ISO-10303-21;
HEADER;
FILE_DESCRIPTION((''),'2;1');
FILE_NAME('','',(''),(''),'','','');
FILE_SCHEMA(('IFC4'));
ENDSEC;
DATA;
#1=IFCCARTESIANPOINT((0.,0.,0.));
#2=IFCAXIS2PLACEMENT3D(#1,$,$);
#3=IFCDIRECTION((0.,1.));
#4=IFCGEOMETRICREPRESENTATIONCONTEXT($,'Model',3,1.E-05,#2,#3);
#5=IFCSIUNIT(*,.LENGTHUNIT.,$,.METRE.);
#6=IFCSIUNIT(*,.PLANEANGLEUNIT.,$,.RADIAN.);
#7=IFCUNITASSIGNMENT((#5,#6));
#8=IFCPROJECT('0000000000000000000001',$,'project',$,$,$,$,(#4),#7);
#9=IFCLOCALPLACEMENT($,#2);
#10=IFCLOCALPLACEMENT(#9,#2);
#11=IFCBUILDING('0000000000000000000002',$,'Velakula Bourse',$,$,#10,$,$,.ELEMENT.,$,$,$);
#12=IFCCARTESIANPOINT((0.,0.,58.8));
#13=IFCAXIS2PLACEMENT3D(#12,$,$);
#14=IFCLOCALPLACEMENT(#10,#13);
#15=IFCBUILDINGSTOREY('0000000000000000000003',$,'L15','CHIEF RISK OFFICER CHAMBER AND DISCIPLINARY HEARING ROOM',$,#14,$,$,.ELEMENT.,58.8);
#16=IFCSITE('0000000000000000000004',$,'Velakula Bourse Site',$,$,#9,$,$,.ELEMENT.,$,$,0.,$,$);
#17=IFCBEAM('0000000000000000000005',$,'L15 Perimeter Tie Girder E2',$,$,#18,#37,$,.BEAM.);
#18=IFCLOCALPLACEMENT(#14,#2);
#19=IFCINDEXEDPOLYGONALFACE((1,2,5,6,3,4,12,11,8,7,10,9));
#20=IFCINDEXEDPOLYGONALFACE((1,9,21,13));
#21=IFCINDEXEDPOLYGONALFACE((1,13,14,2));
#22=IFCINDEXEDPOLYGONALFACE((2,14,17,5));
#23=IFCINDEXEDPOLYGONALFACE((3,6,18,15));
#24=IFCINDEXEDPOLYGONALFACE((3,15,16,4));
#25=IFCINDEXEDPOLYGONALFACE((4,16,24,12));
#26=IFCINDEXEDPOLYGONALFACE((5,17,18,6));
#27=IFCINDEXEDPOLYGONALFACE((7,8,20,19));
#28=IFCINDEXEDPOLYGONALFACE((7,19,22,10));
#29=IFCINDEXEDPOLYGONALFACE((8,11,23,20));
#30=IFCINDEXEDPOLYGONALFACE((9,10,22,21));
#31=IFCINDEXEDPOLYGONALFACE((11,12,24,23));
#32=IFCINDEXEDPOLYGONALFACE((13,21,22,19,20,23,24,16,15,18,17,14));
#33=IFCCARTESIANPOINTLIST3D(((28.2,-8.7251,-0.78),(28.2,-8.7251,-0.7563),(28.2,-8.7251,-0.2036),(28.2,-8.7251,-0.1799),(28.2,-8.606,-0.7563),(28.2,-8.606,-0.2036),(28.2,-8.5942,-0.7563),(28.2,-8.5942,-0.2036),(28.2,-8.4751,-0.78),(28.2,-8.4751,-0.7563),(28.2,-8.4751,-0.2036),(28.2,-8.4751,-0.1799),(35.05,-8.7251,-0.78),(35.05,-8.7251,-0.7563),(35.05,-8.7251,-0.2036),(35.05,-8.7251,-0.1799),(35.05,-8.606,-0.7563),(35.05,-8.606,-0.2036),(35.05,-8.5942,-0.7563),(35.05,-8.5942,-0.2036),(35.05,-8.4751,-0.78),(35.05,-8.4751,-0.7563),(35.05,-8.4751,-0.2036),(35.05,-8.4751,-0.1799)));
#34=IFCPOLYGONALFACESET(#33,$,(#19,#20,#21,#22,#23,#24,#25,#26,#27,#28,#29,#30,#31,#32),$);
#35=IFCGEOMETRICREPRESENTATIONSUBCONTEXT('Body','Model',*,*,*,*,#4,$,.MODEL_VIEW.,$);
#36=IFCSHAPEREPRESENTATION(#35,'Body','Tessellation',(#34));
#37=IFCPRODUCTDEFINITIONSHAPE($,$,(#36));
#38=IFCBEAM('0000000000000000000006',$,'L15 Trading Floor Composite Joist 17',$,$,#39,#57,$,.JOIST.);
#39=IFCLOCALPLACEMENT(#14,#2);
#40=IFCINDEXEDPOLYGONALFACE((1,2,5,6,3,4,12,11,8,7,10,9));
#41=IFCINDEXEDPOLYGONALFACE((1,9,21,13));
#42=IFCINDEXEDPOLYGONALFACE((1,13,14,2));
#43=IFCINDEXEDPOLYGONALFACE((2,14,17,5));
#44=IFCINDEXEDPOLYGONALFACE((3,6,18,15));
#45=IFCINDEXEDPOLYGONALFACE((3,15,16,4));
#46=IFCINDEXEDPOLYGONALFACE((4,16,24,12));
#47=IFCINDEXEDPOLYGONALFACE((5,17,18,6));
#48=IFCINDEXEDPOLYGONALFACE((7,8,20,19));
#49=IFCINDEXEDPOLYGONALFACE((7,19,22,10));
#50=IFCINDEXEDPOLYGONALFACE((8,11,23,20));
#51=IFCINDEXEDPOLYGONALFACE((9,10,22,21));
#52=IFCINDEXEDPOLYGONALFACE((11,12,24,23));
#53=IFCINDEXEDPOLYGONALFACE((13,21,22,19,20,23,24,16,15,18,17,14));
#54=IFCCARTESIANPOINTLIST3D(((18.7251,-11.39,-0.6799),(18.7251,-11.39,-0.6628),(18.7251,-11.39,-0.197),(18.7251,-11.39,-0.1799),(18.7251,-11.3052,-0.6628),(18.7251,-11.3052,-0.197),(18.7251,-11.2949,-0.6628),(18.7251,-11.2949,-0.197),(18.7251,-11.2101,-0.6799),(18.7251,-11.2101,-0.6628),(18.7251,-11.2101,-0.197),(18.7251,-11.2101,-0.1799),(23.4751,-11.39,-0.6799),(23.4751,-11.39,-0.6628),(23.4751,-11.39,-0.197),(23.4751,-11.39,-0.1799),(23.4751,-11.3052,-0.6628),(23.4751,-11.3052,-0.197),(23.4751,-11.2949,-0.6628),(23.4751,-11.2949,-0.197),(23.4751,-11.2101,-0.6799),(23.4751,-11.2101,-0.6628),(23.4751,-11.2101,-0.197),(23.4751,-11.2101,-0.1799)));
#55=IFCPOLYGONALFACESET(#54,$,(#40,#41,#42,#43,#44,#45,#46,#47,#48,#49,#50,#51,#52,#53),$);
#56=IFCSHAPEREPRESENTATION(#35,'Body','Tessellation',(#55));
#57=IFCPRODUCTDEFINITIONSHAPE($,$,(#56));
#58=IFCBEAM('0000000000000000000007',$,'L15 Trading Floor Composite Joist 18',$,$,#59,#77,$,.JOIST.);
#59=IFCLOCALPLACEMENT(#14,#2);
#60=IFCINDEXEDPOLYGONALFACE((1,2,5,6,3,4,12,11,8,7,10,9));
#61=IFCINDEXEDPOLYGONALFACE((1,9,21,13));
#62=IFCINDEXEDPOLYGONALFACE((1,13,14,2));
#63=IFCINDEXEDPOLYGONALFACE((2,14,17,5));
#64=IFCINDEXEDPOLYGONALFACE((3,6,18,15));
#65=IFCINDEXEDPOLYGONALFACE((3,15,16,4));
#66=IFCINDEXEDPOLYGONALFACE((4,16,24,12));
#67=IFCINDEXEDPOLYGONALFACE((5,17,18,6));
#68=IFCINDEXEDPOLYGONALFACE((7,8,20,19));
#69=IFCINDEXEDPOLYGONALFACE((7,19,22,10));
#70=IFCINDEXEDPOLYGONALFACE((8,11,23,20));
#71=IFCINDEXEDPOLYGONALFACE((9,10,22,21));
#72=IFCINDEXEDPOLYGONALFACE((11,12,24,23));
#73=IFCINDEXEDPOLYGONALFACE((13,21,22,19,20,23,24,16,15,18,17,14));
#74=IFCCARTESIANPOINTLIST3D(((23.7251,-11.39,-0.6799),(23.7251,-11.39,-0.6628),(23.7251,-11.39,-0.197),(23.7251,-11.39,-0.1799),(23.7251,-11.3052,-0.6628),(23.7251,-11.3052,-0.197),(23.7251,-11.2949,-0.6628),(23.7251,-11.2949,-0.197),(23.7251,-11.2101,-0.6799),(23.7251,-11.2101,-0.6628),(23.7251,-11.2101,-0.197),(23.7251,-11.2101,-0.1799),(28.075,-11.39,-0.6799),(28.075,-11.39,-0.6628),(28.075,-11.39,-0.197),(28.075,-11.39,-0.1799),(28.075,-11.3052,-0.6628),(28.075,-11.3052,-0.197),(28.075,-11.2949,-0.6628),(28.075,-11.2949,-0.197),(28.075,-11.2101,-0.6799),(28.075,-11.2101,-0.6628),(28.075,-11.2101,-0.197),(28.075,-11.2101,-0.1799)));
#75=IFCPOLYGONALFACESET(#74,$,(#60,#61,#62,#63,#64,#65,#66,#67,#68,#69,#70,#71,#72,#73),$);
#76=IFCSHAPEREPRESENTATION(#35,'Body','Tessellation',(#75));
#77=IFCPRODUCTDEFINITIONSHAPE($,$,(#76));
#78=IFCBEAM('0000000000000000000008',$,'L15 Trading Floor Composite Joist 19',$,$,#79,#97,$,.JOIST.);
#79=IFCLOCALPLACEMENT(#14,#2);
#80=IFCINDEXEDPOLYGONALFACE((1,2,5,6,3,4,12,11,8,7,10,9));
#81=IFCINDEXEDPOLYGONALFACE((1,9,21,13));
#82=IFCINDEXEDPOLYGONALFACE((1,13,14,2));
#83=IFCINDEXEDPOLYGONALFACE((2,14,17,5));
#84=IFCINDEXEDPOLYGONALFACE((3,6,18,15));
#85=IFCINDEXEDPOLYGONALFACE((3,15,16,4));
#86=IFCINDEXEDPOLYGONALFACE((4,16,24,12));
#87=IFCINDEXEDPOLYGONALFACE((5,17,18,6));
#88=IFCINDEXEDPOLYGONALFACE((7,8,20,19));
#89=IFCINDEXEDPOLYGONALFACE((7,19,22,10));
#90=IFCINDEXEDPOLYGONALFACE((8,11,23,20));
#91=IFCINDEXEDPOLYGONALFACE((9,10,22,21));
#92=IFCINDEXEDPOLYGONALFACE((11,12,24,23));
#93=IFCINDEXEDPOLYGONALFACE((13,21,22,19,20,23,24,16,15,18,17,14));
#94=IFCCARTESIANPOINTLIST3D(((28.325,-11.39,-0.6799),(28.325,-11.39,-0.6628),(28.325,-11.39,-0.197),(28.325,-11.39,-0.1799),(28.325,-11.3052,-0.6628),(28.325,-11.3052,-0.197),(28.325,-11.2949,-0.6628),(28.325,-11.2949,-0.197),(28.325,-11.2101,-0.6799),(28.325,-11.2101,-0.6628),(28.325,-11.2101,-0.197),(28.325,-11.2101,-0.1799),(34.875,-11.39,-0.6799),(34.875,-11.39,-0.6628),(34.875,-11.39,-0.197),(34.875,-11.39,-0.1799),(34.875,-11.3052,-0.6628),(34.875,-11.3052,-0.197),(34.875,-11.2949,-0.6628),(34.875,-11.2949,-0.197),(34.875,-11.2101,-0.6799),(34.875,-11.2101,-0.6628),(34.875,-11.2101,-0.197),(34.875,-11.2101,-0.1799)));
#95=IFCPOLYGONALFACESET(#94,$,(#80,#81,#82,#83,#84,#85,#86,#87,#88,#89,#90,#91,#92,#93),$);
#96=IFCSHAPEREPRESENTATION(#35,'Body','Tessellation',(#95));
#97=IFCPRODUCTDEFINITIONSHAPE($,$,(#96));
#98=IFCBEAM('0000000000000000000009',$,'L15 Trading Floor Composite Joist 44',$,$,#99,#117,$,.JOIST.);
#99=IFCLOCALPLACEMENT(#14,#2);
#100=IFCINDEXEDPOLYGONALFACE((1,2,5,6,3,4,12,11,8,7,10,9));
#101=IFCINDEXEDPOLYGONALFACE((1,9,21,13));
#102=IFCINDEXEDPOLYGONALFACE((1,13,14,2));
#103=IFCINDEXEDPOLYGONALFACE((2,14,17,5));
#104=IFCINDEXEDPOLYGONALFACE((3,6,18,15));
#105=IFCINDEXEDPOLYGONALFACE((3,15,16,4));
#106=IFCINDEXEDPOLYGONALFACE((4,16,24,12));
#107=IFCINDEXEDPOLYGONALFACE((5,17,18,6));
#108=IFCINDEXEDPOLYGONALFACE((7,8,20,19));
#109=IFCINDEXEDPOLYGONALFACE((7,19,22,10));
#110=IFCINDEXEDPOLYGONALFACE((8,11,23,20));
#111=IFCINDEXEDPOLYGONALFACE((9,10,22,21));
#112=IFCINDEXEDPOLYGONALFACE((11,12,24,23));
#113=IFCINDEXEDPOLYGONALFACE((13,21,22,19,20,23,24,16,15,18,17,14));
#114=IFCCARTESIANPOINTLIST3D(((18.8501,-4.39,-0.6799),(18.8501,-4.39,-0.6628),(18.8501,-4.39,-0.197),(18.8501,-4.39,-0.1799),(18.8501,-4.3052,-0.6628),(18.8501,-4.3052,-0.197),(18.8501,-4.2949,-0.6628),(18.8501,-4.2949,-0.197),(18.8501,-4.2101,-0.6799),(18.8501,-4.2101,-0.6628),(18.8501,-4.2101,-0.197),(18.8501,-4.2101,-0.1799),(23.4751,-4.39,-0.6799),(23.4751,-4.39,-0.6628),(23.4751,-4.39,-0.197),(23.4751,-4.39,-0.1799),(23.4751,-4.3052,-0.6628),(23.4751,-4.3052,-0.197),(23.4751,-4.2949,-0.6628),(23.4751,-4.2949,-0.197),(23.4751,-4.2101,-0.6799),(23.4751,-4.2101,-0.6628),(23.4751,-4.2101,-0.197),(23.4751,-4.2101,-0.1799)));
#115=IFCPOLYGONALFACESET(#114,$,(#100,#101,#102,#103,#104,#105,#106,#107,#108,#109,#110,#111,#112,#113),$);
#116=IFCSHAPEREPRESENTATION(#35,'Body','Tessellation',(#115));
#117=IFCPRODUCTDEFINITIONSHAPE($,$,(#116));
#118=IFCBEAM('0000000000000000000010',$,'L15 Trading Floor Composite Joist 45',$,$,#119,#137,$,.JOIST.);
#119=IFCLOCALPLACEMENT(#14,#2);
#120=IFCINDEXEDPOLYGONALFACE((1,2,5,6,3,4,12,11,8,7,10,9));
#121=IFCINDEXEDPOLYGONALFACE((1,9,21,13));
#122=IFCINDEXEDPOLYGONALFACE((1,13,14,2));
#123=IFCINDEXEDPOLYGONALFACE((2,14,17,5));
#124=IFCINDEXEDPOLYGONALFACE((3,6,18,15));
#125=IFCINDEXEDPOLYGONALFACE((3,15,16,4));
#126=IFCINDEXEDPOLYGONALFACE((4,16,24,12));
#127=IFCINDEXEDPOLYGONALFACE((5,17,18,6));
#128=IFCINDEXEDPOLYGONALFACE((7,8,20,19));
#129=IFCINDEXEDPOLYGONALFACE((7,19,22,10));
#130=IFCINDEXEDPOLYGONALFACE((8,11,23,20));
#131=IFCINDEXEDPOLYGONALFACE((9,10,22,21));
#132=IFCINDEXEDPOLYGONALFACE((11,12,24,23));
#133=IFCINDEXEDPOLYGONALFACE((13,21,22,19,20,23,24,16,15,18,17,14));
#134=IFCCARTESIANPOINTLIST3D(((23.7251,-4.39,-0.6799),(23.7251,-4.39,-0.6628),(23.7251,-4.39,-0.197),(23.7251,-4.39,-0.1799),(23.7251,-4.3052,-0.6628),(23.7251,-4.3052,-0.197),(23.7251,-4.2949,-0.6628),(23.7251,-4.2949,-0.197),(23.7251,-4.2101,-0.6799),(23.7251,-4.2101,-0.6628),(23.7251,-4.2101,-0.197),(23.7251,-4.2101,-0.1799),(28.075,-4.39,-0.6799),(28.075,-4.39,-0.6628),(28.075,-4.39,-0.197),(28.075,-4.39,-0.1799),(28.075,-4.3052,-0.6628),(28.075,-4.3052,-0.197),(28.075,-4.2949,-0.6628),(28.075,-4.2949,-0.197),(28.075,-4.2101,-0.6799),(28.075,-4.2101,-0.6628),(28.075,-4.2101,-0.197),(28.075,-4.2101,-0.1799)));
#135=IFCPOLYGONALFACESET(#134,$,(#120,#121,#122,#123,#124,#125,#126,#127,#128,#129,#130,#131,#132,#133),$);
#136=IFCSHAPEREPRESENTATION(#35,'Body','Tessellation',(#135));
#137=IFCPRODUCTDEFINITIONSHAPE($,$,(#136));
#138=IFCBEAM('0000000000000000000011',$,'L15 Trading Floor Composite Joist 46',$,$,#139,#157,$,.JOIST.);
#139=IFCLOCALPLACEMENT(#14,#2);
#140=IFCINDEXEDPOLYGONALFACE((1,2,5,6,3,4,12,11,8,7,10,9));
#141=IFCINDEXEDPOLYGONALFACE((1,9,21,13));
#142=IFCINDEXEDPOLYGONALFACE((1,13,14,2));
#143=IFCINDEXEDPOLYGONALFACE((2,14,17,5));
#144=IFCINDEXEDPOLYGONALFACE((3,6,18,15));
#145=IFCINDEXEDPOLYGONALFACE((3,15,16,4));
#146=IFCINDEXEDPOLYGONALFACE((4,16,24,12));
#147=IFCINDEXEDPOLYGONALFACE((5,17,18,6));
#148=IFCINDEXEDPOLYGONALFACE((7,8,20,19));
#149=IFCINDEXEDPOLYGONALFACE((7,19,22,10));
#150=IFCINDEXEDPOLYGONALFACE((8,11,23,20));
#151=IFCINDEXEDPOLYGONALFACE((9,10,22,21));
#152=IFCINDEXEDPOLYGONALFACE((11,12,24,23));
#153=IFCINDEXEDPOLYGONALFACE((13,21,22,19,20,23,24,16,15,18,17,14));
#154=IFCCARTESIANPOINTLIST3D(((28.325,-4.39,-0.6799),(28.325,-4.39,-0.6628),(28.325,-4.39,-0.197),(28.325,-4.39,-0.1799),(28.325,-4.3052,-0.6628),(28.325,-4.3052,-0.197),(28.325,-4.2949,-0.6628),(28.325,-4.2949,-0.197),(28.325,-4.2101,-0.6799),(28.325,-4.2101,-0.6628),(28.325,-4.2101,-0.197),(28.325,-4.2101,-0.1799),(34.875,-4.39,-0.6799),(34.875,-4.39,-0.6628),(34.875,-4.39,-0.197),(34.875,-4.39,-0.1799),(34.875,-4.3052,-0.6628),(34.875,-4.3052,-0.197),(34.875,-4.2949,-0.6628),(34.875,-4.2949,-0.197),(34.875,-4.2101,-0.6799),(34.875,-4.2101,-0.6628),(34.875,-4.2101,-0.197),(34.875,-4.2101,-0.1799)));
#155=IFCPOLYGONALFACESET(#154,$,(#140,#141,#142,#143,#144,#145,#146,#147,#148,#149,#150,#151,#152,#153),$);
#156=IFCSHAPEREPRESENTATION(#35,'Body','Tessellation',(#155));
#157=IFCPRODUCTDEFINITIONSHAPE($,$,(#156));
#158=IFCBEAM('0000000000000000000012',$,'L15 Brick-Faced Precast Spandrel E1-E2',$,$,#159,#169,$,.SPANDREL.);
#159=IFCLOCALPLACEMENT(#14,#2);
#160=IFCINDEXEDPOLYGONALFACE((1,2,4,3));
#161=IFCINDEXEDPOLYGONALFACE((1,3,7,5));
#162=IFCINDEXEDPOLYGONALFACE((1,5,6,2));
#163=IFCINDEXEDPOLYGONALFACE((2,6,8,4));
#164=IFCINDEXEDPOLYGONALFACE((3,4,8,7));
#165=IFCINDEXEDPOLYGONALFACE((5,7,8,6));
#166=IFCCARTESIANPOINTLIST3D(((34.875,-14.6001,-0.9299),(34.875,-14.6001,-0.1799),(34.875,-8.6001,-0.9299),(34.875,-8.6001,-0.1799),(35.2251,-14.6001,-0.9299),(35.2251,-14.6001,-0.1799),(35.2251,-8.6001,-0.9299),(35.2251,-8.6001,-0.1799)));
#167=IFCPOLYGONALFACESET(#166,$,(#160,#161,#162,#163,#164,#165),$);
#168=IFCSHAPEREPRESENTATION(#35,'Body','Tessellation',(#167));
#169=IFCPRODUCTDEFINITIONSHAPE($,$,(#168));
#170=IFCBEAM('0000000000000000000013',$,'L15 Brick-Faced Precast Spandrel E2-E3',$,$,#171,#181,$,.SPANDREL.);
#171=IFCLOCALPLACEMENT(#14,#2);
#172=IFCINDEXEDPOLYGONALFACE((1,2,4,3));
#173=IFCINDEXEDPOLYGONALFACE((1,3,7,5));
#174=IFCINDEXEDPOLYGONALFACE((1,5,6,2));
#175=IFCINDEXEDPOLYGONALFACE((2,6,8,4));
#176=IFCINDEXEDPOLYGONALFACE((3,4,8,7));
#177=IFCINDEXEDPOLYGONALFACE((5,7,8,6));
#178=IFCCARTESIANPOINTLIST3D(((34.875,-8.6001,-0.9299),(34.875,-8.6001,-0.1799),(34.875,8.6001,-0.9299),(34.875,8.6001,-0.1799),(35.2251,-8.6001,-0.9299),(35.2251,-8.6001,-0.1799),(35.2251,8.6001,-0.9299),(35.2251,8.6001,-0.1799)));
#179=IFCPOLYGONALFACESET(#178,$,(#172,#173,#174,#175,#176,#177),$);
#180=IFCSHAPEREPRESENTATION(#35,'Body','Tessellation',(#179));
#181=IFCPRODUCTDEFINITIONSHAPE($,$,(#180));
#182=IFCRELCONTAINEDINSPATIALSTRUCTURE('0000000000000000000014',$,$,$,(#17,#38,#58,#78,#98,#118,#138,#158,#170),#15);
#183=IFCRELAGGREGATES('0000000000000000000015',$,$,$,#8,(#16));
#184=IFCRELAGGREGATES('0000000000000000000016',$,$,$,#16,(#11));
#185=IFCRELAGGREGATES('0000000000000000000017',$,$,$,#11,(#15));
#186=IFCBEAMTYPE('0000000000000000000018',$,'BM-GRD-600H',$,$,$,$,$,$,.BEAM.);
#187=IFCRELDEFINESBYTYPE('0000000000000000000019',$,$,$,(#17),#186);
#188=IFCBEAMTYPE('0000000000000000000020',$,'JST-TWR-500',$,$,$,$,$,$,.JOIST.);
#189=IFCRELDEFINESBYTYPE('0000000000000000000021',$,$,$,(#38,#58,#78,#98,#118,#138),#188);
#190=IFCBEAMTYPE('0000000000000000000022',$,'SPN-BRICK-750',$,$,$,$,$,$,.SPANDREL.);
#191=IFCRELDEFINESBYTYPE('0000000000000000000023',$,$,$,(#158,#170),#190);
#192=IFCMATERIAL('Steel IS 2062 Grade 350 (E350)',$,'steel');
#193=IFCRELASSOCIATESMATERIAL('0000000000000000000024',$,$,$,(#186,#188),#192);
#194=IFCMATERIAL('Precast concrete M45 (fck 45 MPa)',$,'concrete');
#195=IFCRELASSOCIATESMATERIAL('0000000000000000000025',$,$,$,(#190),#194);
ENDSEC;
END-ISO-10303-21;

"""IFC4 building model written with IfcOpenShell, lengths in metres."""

from ifc_helpers import new_model, si_unit, direction, frame, origin, origin_2d, place, context, subcontext, project, spatial, rectangle, i_section, extrude, material, material_profile, profile_set, type_object, element, save


model = new_model("IFC4")

# Units and contexts
model_context = context("Model", 3, precision=1e-05, world=origin(), true_north=direction((0.0, 1.0)))
body_context = subcontext(model_context, "Body", "Model", "MODEL_VIEW")
ifc_project = project(units=[si_unit("LENGTHUNIT", "METRE"), si_unit("PLANEANGLEUNIT", "RADIAN")], contexts=[model_context])

# Site, building, storey
site_placement = place(None, origin())
site = spatial("IfcSite", under=ifc_project, at=site_placement, Name="Velakula Bourse Site", CompositionType="ELEMENT", RefElevation=0.0)
building_placement = place(site_placement, origin())
building = spatial("IfcBuilding", under=site, at=building_placement, Name="Velakula Bourse", CompositionType="ELEMENT")
storey_placement = place(building_placement, frame((0.0, 0.0, 58.8)))
storey = spatial("IfcBuildingStorey", under=building, at=storey_placement, Name="L15", Description="CHIEF RISK OFFICER CHAMBER AND DISCIPLINARY HEARING ROOM", CompositionType="ELEMENT", Elevation=58.8)

# Beams
ifc_material_1 = material(Name="Steel IS 2062 Grade 350 (E350)", Category="steel")
ifc_material_profile_1 = material_profile(ifc_material_1, i_section(OverallWidth=0.25, OverallDepth=0.6001, WebThickness=0.0117, FlangeThickness=0.0237, at=origin_2d()), Name="Steel IS 2062 Grade 350 (E350)")
ifc_profile_set_1 = profile_set([ifc_material_profile_1], Name="Steel IS 2062 Grade 350 (E350)")
beam_type_1 = type_object("IfcBeamType", Name="BM-GRD-600H", PredefinedType="BEAM", material=ifc_profile_set_1)
beam_1_placement = place(storey_placement, frame((28.2, -8.6001, -0.48), z_axis=(1.0, 0.0, 0.0), x_axis=(0.0, 1.0, 0.0)))
element("IfcBeam", 1, at=beam_1_placement, inside=storey, type_object=beam_type_1, Name="L15 Perimeter Tie Girder E2", PredefinedType="BEAM", context=body_context, shape_type="SweptSolid", body=[
    extrude(i_section(OverallWidth=0.25, OverallDepth=0.6001, WebThickness=0.0117, FlangeThickness=0.0237, at=origin_2d()), origin(), (0.0, 0.0, 1.0), 6.8501),
])
ifc_material_profile_2 = material_profile(ifc_material_1, i_section(OverallWidth=0.1799, OverallDepth=0.5, WebThickness=0.0103, FlangeThickness=0.0171, at=origin_2d()), Name="Steel IS 2062 Grade 350 (E350)")
ifc_profile_set_2 = profile_set([ifc_material_profile_2], Name="Steel IS 2062 Grade 350 (E350)")
beam_type_2 = type_object("IfcBeamType", Name="JST-TWR-500", PredefinedType="JOIST", material=ifc_profile_set_2)
beam_2_placement = place(storey_placement, frame((18.7251, -11.3, -0.4299), z_axis=(1.0, 0.0, 0.0), x_axis=(0.0, 1.0, 0.0)))
element("IfcBeam", 2, at=beam_2_placement, inside=storey, type_object=beam_type_2, Name="L15 Trading Floor Composite Joist 17", PredefinedType="JOIST", context=body_context, shape_type="SweptSolid", body=[
    extrude(i_section(OverallWidth=0.1799, OverallDepth=0.5, WebThickness=0.0103, FlangeThickness=0.0171, at=origin_2d()), origin(), (0.0, 0.0, 1.0), 4.75),
])
beam_3_placement = place(storey_placement, frame((23.7251, -11.3, -0.4299), z_axis=(1.0, 0.0, 0.0), x_axis=(0.0, 1.0, 0.0)))
element("IfcBeam", 3, at=beam_3_placement, inside=storey, type_object=beam_type_2, Name="L15 Trading Floor Composite Joist 18", PredefinedType="JOIST", context=body_context, shape_type="SweptSolid", body=[
    extrude(i_section(OverallWidth=0.1799, OverallDepth=0.5, WebThickness=0.0103, FlangeThickness=0.0171, at=origin_2d()), origin(), (0.0, 0.0, 1.0), 4.3499),
])
beam_4_placement = place(storey_placement, frame((28.325, -11.3, -0.4299), z_axis=(1.0, 0.0, 0.0), x_axis=(0.0, 1.0, 0.0)))
element("IfcBeam", 4, at=beam_4_placement, inside=storey, type_object=beam_type_2, Name="L15 Trading Floor Composite Joist 19", PredefinedType="JOIST", context=body_context, shape_type="SweptSolid", body=[
    extrude(i_section(OverallWidth=0.1799, OverallDepth=0.5, WebThickness=0.0103, FlangeThickness=0.0171, at=origin_2d()), origin(), (0.0, 0.0, 1.0), 6.55),
])
beam_5_placement = place(storey_placement, frame((18.8501, -4.3, -0.4299), z_axis=(1.0, 0.0, 0.0), x_axis=(0.0, 1.0, 0.0)))
element("IfcBeam", 5, at=beam_5_placement, inside=storey, type_object=beam_type_2, Name="L15 Trading Floor Composite Joist 44", PredefinedType="JOIST", context=body_context, shape_type="SweptSolid", body=[
    extrude(i_section(OverallWidth=0.1799, OverallDepth=0.5, WebThickness=0.0103, FlangeThickness=0.0171, at=origin_2d()), origin(), (0.0, 0.0, 1.0), 4.625),
])
beam_6_placement = place(storey_placement, frame((23.7251, -4.3, -0.4299), z_axis=(1.0, 0.0, 0.0), x_axis=(0.0, 1.0, 0.0)))
element("IfcBeam", 6, at=beam_6_placement, inside=storey, type_object=beam_type_2, Name="L15 Trading Floor Composite Joist 45", PredefinedType="JOIST", context=body_context, shape_type="SweptSolid", body=[
    extrude(i_section(OverallWidth=0.1799, OverallDepth=0.5, WebThickness=0.0103, FlangeThickness=0.0171, at=origin_2d()), origin(), (0.0, 0.0, 1.0), 4.3499),
])
beam_7_placement = place(storey_placement, frame((28.325, -4.3, -0.4299), z_axis=(1.0, 0.0, 0.0), x_axis=(0.0, 1.0, 0.0)))
element("IfcBeam", 7, at=beam_7_placement, inside=storey, type_object=beam_type_2, Name="L15 Trading Floor Composite Joist 46", PredefinedType="JOIST", context=body_context, shape_type="SweptSolid", body=[
    extrude(i_section(OverallWidth=0.1799, OverallDepth=0.5, WebThickness=0.0103, FlangeThickness=0.0171, at=origin_2d()), origin(), (0.0, 0.0, 1.0), 6.55),
])
ifc_material_2 = material(Name="Precast concrete M45 (fck 45 MPa)", Category="concrete")
ifc_material_profile_3 = material_profile(ifc_material_2, rectangle(XDim=0.3501, YDim=0.75, at=origin_2d()), Name="Precast concrete M45 (fck 45 MPa)")
ifc_profile_set_3 = profile_set([ifc_material_profile_3], Name="Precast concrete M45 (fck 45 MPa)")
beam_type_3 = type_object("IfcBeamType", Name="SPN-BRICK-750", PredefinedType="SPANDREL", material=ifc_profile_set_3)
beam_8_placement = place(storey_placement, frame((35.05, -14.6001, -0.5549), z_axis=(0.0, 1.0, 0.0), x_axis=(-1.0, 0.0, 0.0)))
element("IfcBeam", 8, at=beam_8_placement, inside=storey, type_object=beam_type_3, Name="L15 Brick-Faced Precast Spandrel E1-E2", PredefinedType="SPANDREL", context=body_context, shape_type="SweptSolid", body=[
    extrude(rectangle(XDim=0.3501, YDim=0.75, at=origin_2d()), origin(), (0.0, 0.0, 1.0), 6.0),
])
beam_9_placement = place(storey_placement, frame((35.05, -8.6001, -0.5549), z_axis=(0.0, 1.0, 0.0), x_axis=(-1.0, 0.0, 0.0)))
element("IfcBeam", 9, at=beam_9_placement, inside=storey, type_object=beam_type_3, Name="L15 Brick-Faced Precast Spandrel E2-E3", PredefinedType="SPANDREL", context=body_context, shape_type="SweptSolid", body=[
    extrude(rectangle(XDim=0.3501, YDim=0.75, at=origin_2d()), origin(), (0.0, 0.0, 1.0), 17.2002),
])

save(model, "model.ifc")
